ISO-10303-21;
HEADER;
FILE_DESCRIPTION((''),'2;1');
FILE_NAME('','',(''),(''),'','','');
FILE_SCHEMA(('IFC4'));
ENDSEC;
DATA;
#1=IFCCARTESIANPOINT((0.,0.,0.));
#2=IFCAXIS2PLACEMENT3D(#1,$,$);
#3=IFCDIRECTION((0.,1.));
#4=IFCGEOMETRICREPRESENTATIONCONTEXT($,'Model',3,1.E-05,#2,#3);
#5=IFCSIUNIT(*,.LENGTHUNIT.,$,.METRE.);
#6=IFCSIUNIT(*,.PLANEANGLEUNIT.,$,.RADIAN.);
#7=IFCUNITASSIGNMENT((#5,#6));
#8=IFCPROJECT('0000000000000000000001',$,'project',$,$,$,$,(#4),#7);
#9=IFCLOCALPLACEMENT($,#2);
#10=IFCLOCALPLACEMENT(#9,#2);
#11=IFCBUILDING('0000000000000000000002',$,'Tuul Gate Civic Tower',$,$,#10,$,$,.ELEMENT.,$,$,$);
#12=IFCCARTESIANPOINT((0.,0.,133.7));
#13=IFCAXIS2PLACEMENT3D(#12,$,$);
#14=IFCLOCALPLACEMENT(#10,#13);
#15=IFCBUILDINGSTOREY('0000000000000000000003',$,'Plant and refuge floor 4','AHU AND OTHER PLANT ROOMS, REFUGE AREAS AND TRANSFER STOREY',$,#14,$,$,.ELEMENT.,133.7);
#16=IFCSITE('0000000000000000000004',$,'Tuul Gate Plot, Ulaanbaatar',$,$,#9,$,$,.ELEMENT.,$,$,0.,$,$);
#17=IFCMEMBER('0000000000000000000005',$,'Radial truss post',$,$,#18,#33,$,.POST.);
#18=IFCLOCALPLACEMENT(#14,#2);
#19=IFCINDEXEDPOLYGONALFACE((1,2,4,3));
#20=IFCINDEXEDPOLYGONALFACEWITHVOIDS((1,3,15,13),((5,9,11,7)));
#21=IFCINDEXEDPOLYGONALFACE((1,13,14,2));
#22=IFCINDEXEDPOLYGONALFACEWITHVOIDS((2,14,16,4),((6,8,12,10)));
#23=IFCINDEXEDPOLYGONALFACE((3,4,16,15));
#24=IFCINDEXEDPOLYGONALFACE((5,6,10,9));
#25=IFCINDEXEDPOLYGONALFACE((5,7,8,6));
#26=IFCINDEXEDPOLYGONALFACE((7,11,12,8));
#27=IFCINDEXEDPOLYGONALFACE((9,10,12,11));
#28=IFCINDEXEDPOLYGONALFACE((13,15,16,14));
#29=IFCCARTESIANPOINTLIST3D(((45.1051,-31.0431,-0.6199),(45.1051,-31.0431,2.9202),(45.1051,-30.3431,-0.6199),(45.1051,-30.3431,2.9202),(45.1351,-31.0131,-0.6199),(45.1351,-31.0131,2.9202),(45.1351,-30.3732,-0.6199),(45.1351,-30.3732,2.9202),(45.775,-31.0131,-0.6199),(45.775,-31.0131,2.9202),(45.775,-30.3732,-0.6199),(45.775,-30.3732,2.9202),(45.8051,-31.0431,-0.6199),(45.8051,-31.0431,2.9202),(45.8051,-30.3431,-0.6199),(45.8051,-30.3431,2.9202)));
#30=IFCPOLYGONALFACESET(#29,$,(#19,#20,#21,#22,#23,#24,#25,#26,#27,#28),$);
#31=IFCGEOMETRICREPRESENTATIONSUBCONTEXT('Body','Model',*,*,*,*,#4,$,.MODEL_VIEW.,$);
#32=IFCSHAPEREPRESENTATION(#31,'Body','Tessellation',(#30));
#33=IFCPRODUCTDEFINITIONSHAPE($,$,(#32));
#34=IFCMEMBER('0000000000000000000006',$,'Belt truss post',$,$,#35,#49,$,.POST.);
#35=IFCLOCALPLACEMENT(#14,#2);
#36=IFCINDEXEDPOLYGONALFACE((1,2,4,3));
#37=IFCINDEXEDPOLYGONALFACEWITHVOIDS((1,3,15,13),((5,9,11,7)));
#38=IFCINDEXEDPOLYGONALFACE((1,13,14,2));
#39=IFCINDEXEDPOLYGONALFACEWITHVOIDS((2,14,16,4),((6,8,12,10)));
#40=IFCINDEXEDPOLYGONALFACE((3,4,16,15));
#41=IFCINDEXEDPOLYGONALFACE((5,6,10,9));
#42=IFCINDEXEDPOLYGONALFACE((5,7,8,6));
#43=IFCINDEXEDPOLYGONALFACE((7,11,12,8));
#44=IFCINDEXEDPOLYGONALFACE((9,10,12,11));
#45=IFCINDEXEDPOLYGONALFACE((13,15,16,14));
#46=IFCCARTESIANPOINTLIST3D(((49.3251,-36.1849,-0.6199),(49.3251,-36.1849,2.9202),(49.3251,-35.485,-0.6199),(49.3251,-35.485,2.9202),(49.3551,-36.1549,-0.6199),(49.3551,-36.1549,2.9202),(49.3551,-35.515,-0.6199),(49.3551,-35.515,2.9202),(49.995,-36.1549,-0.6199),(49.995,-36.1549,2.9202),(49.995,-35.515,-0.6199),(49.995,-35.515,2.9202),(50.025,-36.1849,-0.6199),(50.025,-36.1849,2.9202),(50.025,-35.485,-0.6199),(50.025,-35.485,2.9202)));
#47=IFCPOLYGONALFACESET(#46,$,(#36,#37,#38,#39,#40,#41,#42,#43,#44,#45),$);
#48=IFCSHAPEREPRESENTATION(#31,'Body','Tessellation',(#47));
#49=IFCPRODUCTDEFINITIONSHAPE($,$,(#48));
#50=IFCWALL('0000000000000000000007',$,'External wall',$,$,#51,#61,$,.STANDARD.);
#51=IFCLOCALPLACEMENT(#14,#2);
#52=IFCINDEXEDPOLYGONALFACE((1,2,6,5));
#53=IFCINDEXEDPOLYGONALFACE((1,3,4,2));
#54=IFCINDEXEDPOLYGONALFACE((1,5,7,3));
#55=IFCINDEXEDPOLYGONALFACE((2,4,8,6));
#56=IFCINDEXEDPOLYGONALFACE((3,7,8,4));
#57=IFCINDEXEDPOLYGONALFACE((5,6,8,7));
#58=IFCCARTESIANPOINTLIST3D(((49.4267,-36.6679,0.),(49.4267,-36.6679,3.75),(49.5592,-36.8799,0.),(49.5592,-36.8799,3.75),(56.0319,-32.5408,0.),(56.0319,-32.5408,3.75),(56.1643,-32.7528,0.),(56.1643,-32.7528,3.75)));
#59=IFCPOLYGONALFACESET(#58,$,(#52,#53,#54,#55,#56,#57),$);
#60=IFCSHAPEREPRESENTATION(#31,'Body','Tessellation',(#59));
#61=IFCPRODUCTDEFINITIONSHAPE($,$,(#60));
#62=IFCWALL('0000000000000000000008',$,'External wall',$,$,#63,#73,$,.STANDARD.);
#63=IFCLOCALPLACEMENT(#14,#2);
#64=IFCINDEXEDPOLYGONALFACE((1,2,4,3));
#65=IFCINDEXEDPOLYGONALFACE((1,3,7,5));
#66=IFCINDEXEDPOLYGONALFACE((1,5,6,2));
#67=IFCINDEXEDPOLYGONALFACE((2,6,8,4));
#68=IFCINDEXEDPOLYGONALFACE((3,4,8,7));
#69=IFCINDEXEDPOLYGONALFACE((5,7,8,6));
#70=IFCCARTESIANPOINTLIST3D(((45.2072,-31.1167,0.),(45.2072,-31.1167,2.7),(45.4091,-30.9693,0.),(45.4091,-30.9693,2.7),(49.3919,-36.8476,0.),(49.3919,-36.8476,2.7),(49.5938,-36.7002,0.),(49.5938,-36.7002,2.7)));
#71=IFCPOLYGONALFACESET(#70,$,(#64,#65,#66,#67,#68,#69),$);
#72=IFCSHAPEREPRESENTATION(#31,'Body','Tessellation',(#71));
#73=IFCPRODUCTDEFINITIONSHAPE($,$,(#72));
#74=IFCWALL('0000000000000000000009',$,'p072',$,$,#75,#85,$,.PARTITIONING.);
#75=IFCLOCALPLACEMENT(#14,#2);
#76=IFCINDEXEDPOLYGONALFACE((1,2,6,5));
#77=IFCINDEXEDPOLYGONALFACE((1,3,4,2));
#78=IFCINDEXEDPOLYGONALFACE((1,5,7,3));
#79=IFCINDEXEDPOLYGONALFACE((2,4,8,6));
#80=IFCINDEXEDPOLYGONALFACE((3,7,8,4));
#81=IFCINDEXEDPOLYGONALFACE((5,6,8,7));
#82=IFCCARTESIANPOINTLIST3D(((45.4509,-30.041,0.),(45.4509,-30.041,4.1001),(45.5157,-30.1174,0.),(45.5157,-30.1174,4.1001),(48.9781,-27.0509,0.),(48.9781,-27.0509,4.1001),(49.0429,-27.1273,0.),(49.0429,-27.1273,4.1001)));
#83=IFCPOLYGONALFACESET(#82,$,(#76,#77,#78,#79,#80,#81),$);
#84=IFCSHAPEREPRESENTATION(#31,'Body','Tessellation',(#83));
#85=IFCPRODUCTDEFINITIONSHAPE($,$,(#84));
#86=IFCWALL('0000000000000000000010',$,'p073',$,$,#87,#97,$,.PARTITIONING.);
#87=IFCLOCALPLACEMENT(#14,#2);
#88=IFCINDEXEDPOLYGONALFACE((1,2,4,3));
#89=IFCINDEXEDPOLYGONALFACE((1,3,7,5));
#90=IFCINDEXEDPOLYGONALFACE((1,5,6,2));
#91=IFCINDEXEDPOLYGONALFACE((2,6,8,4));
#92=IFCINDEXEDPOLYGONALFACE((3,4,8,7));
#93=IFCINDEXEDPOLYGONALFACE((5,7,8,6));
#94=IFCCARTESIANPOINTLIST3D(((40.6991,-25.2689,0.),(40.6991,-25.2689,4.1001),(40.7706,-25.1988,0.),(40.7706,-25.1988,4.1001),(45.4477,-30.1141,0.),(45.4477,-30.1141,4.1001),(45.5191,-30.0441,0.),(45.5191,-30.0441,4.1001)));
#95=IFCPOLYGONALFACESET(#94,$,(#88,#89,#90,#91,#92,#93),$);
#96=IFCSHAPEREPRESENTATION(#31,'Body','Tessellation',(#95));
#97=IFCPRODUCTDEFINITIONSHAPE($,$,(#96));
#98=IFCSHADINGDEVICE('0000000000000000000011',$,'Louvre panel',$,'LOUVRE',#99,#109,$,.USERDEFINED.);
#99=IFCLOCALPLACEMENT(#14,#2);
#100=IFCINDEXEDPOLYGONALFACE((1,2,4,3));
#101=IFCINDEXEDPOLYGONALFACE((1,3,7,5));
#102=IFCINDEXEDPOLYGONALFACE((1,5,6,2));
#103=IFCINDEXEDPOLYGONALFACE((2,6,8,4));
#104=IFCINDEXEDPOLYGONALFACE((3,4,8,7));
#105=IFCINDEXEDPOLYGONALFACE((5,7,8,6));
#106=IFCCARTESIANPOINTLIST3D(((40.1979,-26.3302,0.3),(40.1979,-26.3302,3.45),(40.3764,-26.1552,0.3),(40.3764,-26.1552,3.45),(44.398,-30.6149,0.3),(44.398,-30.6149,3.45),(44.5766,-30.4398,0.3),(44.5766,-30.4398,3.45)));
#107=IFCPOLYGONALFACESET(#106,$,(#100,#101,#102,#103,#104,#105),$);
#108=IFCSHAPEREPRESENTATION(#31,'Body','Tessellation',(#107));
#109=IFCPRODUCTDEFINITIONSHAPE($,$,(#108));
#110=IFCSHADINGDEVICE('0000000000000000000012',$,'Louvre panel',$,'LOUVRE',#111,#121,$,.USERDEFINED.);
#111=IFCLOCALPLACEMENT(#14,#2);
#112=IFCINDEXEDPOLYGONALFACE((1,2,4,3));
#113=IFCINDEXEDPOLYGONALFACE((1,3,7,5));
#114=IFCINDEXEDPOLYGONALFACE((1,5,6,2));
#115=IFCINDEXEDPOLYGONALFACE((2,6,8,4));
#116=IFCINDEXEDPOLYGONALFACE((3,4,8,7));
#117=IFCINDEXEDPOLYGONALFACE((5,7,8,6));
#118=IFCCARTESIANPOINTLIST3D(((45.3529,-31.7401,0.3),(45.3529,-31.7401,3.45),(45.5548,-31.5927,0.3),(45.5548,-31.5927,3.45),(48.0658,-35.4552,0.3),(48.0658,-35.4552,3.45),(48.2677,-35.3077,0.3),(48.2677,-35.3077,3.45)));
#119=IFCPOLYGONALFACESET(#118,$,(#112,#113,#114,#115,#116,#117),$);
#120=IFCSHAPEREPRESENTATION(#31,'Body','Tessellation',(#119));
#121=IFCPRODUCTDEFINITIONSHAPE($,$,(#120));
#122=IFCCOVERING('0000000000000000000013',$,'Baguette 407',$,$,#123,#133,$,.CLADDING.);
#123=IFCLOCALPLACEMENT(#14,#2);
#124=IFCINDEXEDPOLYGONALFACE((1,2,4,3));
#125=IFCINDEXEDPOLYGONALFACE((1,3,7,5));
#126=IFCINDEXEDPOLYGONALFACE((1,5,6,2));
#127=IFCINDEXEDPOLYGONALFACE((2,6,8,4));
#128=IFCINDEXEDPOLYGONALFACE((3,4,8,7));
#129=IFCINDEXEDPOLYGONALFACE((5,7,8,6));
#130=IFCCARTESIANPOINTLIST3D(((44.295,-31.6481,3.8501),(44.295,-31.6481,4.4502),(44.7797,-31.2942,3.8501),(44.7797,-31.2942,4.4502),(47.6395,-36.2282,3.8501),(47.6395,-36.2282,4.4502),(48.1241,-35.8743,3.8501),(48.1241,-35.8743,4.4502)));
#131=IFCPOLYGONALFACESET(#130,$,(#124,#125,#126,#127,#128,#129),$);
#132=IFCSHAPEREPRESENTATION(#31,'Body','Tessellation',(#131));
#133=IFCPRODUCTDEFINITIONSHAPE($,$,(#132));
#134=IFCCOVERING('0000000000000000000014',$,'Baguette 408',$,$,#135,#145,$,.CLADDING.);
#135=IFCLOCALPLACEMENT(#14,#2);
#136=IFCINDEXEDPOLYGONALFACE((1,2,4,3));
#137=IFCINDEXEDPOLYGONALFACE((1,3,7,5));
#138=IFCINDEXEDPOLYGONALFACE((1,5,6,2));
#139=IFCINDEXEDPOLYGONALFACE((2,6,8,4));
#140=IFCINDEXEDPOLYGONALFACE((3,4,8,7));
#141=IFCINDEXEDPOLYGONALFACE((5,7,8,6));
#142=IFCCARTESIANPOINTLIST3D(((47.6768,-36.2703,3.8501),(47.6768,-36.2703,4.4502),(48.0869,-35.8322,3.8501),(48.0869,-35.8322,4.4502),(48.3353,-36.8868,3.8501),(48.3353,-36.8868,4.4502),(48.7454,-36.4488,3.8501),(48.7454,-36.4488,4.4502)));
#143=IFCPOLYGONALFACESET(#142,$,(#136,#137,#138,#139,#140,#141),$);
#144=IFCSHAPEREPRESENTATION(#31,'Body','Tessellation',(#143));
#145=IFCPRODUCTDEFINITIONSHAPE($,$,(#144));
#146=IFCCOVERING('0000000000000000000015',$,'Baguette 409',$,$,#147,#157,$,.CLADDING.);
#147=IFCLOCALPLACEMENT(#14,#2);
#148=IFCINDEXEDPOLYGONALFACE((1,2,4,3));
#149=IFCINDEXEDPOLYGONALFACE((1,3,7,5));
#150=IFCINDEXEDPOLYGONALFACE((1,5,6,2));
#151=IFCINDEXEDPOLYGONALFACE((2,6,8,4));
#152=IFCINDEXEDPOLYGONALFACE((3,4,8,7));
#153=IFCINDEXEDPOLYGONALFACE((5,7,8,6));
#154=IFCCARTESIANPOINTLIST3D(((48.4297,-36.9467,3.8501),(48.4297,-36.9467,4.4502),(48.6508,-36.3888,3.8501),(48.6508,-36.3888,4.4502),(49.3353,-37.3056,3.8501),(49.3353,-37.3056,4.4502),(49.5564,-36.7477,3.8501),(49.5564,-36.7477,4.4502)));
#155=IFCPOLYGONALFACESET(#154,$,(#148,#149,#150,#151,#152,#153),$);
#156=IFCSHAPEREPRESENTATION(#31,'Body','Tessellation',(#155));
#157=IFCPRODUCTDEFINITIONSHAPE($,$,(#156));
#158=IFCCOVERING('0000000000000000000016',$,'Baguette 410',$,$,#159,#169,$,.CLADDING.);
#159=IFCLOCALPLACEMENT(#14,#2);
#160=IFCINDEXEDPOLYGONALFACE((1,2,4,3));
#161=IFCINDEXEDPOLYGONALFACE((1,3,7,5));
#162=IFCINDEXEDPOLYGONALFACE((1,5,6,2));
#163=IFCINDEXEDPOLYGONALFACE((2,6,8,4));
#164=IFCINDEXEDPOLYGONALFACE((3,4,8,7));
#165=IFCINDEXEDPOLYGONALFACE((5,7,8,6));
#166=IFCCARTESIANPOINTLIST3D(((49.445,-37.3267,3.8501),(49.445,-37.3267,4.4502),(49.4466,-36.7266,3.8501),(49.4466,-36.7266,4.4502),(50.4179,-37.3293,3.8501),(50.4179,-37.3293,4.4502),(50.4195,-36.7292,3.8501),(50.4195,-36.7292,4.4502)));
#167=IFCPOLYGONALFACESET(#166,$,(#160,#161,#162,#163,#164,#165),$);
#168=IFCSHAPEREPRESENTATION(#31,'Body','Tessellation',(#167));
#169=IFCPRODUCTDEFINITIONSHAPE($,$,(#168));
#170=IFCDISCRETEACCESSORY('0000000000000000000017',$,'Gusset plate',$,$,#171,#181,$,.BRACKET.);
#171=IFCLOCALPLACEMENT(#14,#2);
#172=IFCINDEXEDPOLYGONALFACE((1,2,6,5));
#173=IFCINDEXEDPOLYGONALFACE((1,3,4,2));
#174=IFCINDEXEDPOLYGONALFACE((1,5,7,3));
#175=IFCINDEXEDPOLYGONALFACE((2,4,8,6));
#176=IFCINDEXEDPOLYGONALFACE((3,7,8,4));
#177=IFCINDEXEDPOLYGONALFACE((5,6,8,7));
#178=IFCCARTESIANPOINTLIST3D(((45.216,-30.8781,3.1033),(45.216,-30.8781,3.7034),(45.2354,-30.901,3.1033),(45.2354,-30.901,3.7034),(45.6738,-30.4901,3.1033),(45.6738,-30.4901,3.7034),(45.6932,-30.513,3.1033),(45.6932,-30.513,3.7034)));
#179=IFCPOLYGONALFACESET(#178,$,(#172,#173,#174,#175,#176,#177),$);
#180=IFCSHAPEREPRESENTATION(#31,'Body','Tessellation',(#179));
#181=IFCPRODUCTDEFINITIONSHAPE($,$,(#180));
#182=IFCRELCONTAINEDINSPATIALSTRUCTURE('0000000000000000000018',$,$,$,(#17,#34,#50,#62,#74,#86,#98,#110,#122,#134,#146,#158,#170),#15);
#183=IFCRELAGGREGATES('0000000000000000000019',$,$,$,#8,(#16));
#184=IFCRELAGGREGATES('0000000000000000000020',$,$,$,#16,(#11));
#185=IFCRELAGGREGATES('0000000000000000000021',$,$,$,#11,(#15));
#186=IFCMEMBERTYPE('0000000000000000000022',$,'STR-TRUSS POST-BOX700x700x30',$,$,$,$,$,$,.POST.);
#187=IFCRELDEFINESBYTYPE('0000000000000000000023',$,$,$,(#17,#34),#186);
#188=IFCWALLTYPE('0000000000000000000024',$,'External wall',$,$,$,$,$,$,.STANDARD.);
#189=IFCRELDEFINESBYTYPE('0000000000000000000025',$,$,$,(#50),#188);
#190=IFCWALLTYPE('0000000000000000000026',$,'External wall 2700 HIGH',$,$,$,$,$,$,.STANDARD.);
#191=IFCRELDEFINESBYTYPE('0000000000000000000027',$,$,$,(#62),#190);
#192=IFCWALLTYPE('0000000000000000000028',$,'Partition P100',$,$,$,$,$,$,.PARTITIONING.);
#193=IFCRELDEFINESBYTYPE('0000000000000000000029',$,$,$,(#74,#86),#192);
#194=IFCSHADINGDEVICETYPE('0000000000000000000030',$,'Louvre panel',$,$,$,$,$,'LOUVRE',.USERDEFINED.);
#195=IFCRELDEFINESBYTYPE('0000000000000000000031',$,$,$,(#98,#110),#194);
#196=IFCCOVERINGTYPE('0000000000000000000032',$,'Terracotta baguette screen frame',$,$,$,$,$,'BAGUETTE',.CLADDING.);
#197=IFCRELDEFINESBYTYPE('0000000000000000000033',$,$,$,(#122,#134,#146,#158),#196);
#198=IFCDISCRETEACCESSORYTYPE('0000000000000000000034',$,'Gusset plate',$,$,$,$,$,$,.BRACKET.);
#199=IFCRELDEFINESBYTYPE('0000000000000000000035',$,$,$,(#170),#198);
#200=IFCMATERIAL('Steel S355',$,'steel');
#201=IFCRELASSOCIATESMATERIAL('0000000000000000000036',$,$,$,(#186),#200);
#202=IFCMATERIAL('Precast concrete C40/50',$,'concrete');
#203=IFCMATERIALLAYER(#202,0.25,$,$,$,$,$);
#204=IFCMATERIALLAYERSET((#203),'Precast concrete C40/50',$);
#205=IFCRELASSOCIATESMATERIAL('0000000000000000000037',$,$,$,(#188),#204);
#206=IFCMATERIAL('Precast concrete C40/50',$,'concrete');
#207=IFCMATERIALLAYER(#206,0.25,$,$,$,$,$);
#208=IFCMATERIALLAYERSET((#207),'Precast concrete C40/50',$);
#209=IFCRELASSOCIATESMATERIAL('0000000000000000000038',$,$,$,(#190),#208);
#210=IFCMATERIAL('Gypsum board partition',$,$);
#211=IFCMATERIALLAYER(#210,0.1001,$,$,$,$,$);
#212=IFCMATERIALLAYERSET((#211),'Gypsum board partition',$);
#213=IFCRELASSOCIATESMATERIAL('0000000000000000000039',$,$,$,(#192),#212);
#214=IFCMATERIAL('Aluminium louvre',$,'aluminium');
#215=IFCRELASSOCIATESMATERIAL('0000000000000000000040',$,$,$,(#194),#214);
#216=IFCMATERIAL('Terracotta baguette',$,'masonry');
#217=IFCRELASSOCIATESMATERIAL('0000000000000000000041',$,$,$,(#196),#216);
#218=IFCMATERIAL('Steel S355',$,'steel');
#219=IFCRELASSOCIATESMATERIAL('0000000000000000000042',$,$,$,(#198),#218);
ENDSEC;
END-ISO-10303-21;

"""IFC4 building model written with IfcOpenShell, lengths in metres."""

from ifc_helpers import new_model, si_unit, direction, frame, frame_2d, origin, origin_2d, place, context, subcontext, project, spatial, rectangle, hollow_rectangle, extrude, material, layer, layer_set, material_profile, profile_set, type_object, element, save


model = new_model("IFC4")

# Units and contexts
model_context = context("Model", 3, precision=1e-05, world=origin(), true_north=direction((0.0, 1.0)))
body_context = subcontext(model_context, "Body", "Model", "MODEL_VIEW")
ifc_project = project(units=[si_unit("LENGTHUNIT", "METRE"), si_unit("PLANEANGLEUNIT", "RADIAN")], contexts=[model_context])

# Site, building, storey
site_placement = place(None, origin())
site = spatial("IfcSite", under=ifc_project, at=site_placement, Name="Tuul Gate Plot, Ulaanbaatar", CompositionType="ELEMENT", RefElevation=0.0)
building_placement = place(site_placement, origin())
building = spatial("IfcBuilding", under=site, at=building_placement, Name="Tuul Gate Civic Tower", CompositionType="ELEMENT")
storey_placement = place(building_placement, frame((0.0, 0.0, 133.7)))
storey = spatial("IfcBuildingStorey", under=building, at=storey_placement, Name="Plant and refuge floor 4", Description="AHU AND OTHER PLANT ROOMS, REFUGE AREAS AND TRANSFER STOREY", CompositionType="ELEMENT", Elevation=133.7)

# Members
ifc_material_1 = material(Name="Steel S355", Category="steel")
ifc_material_profile_1 = material_profile(ifc_material_1, hollow_rectangle(XDim=0.7, YDim=0.7, WallThickness=0.03, at=origin_2d()), Name="BOX700x700x30")
ifc_profile_set_1 = profile_set([ifc_material_profile_1], Name="Steel S355")
member_type_1 = type_object("IfcMemberType", Name="STR-TRUSS POST-BOX700x700x30", PredefinedType="POST", material=ifc_profile_set_1)
for number, where, z_axis, x_axis, name in (
    (1, (45.4551, -30.6931, -0.6199), (0.0, 0.0, 1.0), (1.0, 0.0, 0.0), "Radial truss post"),
    (2, (49.675, -35.835, -0.6199), (0.0, 0.0, 1.0), (1.0, 0.0, 0.0), "Belt truss post"),
):
    element("IfcMember", number, at=place(storey_placement, frame(where, z_axis=z_axis, x_axis=x_axis)), inside=storey, type_object=member_type_1, Name=name, PredefinedType="POST", context=body_context, shape_type="SweptSolid", body=[
        extrude(hollow_rectangle(XDim=0.7, YDim=0.7, WallThickness=0.03, at=origin_2d()), origin(), (0.0, 0.0, 1.0), 3.54),
    ])

# Walls
ifc_material_2 = material(Name="Precast concrete C40/50", Category="concrete")
ifc_layer_1 = layer(ifc_material_2, 0.25)
ifc_layer_set_1 = layer_set([ifc_layer_1], Name="Precast concrete C40/50")
wall_type_1 = type_object("IfcWallType", Name="External wall", PredefinedType="STANDARD", material=ifc_layer_set_1)
wall_1_placement = place(storey_placement, frame((49.4929, -36.7739, 0.0), z_axis=(0.0, 0.0, 1.0), x_axis=(0.84806, 0.5299, 0.0)))
element("IfcWall", 3, at=wall_1_placement, inside=storey, type_object=wall_type_1, Name="External wall", PredefinedType="STANDARD", context=body_context, shape_type="SweptSolid", body=[
    extrude(rectangle(XDim=7.7886, YDim=0.25, at=frame_2d((3.8943, 0.0))), origin(), (0.0, 0.0, 1.0), 3.75),
])
ifc_material_3 = material(Name="Precast concrete C40/50", Category="concrete")
ifc_layer_2 = layer(ifc_material_3, 0.25)
ifc_layer_set_2 = layer_set([ifc_layer_2], Name="Precast concrete C40/50")
wall_type_2 = type_object("IfcWallType", Name="External wall 2700 HIGH", PredefinedType="STANDARD", material=ifc_layer_set_2)
wall_2_placement = place(storey_placement, frame((45.3081, -31.043, 0.0), z_axis=(0.0, 0.0, 1.0), x_axis=(0.589723, -0.807605, 0.0)))
element("IfcWall", 4, at=wall_2_placement, inside=storey, type_object=wall_type_2, Name="External wall", PredefinedType="STANDARD", context=body_context, shape_type="SweptSolid", body=[
    extrude(rectangle(XDim=7.0962, YDim=0.25, at=frame_2d((3.5481, 0.0))), origin(), (0.0, 0.0, 1.0), 2.7),
])
ifc_material_4 = material(Name="Gypsum board partition")
ifc_layer_3 = layer(ifc_material_4, 0.1001)
ifc_layer_set_3 = layer_set([ifc_layer_3], Name="Gypsum board partition")
wall_type_3 = type_object("IfcWallType", Name="Partition P100", PredefinedType="PARTITIONING", material=ifc_layer_set_3)
wall_3_placement = place(storey_placement, frame((49.0105, -27.0891, 0.0), z_axis=(0.0, 0.0, 1.0), x_axis=(-0.762797, -0.646638, 0.0)))
element("IfcWall", 5, at=wall_3_placement, inside=storey, type_object=wall_type_3, Name="p072", PredefinedType="PARTITIONING", context=body_context, shape_type="SweptSolid", body=[
    extrude(rectangle(XDim=4.624, YDim=0.1001, at=frame_2d((2.312, 0.0))), origin(), (0.0, 0.0, 1.0), 4.1001),
])
wall_4_placement = place(storey_placement, frame((45.4834, -30.0791, 0.0), z_axis=(0.0, 0.0, 1.0), x_axis=(-0.699945, 0.714196, 0.0)))
element("IfcWall", 6, at=wall_4_placement, inside=storey, type_object=wall_type_3, Name="p073", PredefinedType="PARTITIONING", context=body_context, shape_type="SweptSolid", body=[
    extrude(rectangle(XDim=6.7842, YDim=0.1001, at=frame_2d((3.3921, 0.0))), origin(), (0.0, 0.0, 1.0), 4.1001),
])

# Shading devices
ifc_material_5 = material(Name="Aluminium louvre", Category="aluminium")
shading_device_type = type_object("IfcShadingDeviceType", Name="Louvre panel", ElementType="LOUVRE", PredefinedType="USERDEFINED", material=ifc_material_5)
shading_device_1_placement = place(storey_placement, frame((42.3872, -28.385, 0.3), z_axis=(0.0, 0.0, 1.0), x_axis=(-0.714113, -0.70003, 0.0)))
element("IfcShadingDevice", 7, at=shading_device_1_placement, inside=storey, type_object=shading_device_type, Name="Louvre panel", ObjectType="LOUVRE", PredefinedType="USERDEFINED", context=body_context, shape_type="SweptSolid", body=[
    extrude(rectangle(XDim=0.25, YDim=6.0, at=origin_2d()), origin(), (0.0, 0.0, 1.0), 3.1499),
])
shading_device_2_placement = place(storey_placement, frame((46.8103, -33.5239, 0.3), z_axis=(0.0, 0.0, 1.0), x_axis=(-0.807595, -0.589737, 0.0)))
element("IfcShadingDevice", 8, at=shading_device_2_placement, inside=storey, type_object=shading_device_type, Name="Louvre panel", ObjectType="LOUVRE", PredefinedType="USERDEFINED", context=body_context, shape_type="SweptSolid", body=[
    extrude(rectangle(XDim=0.25, YDim=4.6001, at=origin_2d()), origin(), (0.0, 0.0, 1.0), 3.1499),
])

# Coverings
ifc_material_6 = material(Name="Terracotta baguette", Category="masonry")
ifc_material_profile_2 = material_profile(ifc_material_6, rectangle(XDim=0.6001, YDim=0.6001, at=origin_2d()), Name="Terracotta baguette screen frame")
ifc_profile_set_2 = profile_set([ifc_material_profile_2], Name="Terracotta baguette")
covering_type = type_object("IfcCoveringType", Name="Terracotta baguette screen frame", ElementType="BAGUETTE", PredefinedType="CLADDING", material=ifc_profile_set_2)
covering_1_placement = place(storey_placement, frame((44.5374, -31.4712, 4.1501), z_axis=(0.589729, -0.807601, 0.0), x_axis=(0.807601, 0.589729, 0.0)))
element("IfcCovering", 9, at=covering_1_placement, inside=storey, type_object=covering_type, Name="Baguette 407", PredefinedType="CLADDING", context=body_context, shape_type="SweptSolid", body=[
    extrude(rectangle(XDim=0.6001, YDim=0.6001, at=origin_2d()), origin(), (0.0, 0.0, 1.0), 5.6711),
])
covering_2_placement = place(storey_placement, frame((47.8818, -36.0513, 4.1501), z_axis=(0.730001, -0.683446, 0.0), x_axis=(0.683446, 0.730001, 0.0)))
element("IfcCovering", 10, at=covering_2_placement, inside=storey, type_object=covering_type, Name="Baguette 408", PredefinedType="CLADDING", context=body_context, shape_type="SweptSolid", body=[
    extrude(rectangle(XDim=0.6001, YDim=0.6001, at=origin_2d()), origin(), (0.0, 0.0, 1.0), 0.9021),
])
covering_3_placement = place(storey_placement, frame((48.5403, -36.6677, 4.1501), z_axis=(0.929647, -0.36845, 0.0), x_axis=(0.36845, 0.929647, 0.0)))
element("IfcCovering", 11, at=covering_3_placement, inside=storey, type_object=covering_type, Name="Baguette 409", PredefinedType="CLADDING", context=body_context, shape_type="SweptSolid", body=[
    extrude(rectangle(XDim=0.6001, YDim=0.6001, at=origin_2d()), origin(), (0.0, 0.0, 1.0), 0.9741),
])
covering_4_placement = place(storey_placement, frame((49.4458, -37.0266, 4.1501), z_axis=(0.999996, -0.00276, 0.0), x_axis=(0.00276, 0.999996, 0.0)))
element("IfcCovering", 12, at=covering_4_placement, inside=storey, type_object=covering_type, Name="Baguette 410", PredefinedType="CLADDING", context=body_context, shape_type="SweptSolid", body=[
    extrude(rectangle(XDim=0.6001, YDim=0.6001, at=origin_2d()), origin(), (0.0, 0.0, 1.0), 0.9729),
])

# Discrete accessory
ifc_material_7 = material(Name="Steel S355", Category="steel")
discrete_accessory_type = type_object("IfcDiscreteAccessoryType", Name="Gusset plate", PredefinedType="BRACKET", material=ifc_material_7)
for number, where, z_axis, x_axis, name in (
    (13, (45.4546, -30.6956, 3.1033), (0.0, 0.0, 1.0), (0.762825, 0.646605, 0.0), "Gusset plate"),
):
    element("IfcDiscreteAccessory", number, at=place(storey_placement, frame(where, z_axis=z_axis, x_axis=x_axis)), inside=storey, type_object=discrete_accessory_type, Name=name, PredefinedType="BRACKET", context=body_context, shape_type="SweptSolid", body=[
        extrude(rectangle(XDim=0.6001, YDim=0.03, at=origin_2d()), origin(), (0.0, 0.0, 1.0), 0.6001),
    ])

save(model, "model.ifc")
